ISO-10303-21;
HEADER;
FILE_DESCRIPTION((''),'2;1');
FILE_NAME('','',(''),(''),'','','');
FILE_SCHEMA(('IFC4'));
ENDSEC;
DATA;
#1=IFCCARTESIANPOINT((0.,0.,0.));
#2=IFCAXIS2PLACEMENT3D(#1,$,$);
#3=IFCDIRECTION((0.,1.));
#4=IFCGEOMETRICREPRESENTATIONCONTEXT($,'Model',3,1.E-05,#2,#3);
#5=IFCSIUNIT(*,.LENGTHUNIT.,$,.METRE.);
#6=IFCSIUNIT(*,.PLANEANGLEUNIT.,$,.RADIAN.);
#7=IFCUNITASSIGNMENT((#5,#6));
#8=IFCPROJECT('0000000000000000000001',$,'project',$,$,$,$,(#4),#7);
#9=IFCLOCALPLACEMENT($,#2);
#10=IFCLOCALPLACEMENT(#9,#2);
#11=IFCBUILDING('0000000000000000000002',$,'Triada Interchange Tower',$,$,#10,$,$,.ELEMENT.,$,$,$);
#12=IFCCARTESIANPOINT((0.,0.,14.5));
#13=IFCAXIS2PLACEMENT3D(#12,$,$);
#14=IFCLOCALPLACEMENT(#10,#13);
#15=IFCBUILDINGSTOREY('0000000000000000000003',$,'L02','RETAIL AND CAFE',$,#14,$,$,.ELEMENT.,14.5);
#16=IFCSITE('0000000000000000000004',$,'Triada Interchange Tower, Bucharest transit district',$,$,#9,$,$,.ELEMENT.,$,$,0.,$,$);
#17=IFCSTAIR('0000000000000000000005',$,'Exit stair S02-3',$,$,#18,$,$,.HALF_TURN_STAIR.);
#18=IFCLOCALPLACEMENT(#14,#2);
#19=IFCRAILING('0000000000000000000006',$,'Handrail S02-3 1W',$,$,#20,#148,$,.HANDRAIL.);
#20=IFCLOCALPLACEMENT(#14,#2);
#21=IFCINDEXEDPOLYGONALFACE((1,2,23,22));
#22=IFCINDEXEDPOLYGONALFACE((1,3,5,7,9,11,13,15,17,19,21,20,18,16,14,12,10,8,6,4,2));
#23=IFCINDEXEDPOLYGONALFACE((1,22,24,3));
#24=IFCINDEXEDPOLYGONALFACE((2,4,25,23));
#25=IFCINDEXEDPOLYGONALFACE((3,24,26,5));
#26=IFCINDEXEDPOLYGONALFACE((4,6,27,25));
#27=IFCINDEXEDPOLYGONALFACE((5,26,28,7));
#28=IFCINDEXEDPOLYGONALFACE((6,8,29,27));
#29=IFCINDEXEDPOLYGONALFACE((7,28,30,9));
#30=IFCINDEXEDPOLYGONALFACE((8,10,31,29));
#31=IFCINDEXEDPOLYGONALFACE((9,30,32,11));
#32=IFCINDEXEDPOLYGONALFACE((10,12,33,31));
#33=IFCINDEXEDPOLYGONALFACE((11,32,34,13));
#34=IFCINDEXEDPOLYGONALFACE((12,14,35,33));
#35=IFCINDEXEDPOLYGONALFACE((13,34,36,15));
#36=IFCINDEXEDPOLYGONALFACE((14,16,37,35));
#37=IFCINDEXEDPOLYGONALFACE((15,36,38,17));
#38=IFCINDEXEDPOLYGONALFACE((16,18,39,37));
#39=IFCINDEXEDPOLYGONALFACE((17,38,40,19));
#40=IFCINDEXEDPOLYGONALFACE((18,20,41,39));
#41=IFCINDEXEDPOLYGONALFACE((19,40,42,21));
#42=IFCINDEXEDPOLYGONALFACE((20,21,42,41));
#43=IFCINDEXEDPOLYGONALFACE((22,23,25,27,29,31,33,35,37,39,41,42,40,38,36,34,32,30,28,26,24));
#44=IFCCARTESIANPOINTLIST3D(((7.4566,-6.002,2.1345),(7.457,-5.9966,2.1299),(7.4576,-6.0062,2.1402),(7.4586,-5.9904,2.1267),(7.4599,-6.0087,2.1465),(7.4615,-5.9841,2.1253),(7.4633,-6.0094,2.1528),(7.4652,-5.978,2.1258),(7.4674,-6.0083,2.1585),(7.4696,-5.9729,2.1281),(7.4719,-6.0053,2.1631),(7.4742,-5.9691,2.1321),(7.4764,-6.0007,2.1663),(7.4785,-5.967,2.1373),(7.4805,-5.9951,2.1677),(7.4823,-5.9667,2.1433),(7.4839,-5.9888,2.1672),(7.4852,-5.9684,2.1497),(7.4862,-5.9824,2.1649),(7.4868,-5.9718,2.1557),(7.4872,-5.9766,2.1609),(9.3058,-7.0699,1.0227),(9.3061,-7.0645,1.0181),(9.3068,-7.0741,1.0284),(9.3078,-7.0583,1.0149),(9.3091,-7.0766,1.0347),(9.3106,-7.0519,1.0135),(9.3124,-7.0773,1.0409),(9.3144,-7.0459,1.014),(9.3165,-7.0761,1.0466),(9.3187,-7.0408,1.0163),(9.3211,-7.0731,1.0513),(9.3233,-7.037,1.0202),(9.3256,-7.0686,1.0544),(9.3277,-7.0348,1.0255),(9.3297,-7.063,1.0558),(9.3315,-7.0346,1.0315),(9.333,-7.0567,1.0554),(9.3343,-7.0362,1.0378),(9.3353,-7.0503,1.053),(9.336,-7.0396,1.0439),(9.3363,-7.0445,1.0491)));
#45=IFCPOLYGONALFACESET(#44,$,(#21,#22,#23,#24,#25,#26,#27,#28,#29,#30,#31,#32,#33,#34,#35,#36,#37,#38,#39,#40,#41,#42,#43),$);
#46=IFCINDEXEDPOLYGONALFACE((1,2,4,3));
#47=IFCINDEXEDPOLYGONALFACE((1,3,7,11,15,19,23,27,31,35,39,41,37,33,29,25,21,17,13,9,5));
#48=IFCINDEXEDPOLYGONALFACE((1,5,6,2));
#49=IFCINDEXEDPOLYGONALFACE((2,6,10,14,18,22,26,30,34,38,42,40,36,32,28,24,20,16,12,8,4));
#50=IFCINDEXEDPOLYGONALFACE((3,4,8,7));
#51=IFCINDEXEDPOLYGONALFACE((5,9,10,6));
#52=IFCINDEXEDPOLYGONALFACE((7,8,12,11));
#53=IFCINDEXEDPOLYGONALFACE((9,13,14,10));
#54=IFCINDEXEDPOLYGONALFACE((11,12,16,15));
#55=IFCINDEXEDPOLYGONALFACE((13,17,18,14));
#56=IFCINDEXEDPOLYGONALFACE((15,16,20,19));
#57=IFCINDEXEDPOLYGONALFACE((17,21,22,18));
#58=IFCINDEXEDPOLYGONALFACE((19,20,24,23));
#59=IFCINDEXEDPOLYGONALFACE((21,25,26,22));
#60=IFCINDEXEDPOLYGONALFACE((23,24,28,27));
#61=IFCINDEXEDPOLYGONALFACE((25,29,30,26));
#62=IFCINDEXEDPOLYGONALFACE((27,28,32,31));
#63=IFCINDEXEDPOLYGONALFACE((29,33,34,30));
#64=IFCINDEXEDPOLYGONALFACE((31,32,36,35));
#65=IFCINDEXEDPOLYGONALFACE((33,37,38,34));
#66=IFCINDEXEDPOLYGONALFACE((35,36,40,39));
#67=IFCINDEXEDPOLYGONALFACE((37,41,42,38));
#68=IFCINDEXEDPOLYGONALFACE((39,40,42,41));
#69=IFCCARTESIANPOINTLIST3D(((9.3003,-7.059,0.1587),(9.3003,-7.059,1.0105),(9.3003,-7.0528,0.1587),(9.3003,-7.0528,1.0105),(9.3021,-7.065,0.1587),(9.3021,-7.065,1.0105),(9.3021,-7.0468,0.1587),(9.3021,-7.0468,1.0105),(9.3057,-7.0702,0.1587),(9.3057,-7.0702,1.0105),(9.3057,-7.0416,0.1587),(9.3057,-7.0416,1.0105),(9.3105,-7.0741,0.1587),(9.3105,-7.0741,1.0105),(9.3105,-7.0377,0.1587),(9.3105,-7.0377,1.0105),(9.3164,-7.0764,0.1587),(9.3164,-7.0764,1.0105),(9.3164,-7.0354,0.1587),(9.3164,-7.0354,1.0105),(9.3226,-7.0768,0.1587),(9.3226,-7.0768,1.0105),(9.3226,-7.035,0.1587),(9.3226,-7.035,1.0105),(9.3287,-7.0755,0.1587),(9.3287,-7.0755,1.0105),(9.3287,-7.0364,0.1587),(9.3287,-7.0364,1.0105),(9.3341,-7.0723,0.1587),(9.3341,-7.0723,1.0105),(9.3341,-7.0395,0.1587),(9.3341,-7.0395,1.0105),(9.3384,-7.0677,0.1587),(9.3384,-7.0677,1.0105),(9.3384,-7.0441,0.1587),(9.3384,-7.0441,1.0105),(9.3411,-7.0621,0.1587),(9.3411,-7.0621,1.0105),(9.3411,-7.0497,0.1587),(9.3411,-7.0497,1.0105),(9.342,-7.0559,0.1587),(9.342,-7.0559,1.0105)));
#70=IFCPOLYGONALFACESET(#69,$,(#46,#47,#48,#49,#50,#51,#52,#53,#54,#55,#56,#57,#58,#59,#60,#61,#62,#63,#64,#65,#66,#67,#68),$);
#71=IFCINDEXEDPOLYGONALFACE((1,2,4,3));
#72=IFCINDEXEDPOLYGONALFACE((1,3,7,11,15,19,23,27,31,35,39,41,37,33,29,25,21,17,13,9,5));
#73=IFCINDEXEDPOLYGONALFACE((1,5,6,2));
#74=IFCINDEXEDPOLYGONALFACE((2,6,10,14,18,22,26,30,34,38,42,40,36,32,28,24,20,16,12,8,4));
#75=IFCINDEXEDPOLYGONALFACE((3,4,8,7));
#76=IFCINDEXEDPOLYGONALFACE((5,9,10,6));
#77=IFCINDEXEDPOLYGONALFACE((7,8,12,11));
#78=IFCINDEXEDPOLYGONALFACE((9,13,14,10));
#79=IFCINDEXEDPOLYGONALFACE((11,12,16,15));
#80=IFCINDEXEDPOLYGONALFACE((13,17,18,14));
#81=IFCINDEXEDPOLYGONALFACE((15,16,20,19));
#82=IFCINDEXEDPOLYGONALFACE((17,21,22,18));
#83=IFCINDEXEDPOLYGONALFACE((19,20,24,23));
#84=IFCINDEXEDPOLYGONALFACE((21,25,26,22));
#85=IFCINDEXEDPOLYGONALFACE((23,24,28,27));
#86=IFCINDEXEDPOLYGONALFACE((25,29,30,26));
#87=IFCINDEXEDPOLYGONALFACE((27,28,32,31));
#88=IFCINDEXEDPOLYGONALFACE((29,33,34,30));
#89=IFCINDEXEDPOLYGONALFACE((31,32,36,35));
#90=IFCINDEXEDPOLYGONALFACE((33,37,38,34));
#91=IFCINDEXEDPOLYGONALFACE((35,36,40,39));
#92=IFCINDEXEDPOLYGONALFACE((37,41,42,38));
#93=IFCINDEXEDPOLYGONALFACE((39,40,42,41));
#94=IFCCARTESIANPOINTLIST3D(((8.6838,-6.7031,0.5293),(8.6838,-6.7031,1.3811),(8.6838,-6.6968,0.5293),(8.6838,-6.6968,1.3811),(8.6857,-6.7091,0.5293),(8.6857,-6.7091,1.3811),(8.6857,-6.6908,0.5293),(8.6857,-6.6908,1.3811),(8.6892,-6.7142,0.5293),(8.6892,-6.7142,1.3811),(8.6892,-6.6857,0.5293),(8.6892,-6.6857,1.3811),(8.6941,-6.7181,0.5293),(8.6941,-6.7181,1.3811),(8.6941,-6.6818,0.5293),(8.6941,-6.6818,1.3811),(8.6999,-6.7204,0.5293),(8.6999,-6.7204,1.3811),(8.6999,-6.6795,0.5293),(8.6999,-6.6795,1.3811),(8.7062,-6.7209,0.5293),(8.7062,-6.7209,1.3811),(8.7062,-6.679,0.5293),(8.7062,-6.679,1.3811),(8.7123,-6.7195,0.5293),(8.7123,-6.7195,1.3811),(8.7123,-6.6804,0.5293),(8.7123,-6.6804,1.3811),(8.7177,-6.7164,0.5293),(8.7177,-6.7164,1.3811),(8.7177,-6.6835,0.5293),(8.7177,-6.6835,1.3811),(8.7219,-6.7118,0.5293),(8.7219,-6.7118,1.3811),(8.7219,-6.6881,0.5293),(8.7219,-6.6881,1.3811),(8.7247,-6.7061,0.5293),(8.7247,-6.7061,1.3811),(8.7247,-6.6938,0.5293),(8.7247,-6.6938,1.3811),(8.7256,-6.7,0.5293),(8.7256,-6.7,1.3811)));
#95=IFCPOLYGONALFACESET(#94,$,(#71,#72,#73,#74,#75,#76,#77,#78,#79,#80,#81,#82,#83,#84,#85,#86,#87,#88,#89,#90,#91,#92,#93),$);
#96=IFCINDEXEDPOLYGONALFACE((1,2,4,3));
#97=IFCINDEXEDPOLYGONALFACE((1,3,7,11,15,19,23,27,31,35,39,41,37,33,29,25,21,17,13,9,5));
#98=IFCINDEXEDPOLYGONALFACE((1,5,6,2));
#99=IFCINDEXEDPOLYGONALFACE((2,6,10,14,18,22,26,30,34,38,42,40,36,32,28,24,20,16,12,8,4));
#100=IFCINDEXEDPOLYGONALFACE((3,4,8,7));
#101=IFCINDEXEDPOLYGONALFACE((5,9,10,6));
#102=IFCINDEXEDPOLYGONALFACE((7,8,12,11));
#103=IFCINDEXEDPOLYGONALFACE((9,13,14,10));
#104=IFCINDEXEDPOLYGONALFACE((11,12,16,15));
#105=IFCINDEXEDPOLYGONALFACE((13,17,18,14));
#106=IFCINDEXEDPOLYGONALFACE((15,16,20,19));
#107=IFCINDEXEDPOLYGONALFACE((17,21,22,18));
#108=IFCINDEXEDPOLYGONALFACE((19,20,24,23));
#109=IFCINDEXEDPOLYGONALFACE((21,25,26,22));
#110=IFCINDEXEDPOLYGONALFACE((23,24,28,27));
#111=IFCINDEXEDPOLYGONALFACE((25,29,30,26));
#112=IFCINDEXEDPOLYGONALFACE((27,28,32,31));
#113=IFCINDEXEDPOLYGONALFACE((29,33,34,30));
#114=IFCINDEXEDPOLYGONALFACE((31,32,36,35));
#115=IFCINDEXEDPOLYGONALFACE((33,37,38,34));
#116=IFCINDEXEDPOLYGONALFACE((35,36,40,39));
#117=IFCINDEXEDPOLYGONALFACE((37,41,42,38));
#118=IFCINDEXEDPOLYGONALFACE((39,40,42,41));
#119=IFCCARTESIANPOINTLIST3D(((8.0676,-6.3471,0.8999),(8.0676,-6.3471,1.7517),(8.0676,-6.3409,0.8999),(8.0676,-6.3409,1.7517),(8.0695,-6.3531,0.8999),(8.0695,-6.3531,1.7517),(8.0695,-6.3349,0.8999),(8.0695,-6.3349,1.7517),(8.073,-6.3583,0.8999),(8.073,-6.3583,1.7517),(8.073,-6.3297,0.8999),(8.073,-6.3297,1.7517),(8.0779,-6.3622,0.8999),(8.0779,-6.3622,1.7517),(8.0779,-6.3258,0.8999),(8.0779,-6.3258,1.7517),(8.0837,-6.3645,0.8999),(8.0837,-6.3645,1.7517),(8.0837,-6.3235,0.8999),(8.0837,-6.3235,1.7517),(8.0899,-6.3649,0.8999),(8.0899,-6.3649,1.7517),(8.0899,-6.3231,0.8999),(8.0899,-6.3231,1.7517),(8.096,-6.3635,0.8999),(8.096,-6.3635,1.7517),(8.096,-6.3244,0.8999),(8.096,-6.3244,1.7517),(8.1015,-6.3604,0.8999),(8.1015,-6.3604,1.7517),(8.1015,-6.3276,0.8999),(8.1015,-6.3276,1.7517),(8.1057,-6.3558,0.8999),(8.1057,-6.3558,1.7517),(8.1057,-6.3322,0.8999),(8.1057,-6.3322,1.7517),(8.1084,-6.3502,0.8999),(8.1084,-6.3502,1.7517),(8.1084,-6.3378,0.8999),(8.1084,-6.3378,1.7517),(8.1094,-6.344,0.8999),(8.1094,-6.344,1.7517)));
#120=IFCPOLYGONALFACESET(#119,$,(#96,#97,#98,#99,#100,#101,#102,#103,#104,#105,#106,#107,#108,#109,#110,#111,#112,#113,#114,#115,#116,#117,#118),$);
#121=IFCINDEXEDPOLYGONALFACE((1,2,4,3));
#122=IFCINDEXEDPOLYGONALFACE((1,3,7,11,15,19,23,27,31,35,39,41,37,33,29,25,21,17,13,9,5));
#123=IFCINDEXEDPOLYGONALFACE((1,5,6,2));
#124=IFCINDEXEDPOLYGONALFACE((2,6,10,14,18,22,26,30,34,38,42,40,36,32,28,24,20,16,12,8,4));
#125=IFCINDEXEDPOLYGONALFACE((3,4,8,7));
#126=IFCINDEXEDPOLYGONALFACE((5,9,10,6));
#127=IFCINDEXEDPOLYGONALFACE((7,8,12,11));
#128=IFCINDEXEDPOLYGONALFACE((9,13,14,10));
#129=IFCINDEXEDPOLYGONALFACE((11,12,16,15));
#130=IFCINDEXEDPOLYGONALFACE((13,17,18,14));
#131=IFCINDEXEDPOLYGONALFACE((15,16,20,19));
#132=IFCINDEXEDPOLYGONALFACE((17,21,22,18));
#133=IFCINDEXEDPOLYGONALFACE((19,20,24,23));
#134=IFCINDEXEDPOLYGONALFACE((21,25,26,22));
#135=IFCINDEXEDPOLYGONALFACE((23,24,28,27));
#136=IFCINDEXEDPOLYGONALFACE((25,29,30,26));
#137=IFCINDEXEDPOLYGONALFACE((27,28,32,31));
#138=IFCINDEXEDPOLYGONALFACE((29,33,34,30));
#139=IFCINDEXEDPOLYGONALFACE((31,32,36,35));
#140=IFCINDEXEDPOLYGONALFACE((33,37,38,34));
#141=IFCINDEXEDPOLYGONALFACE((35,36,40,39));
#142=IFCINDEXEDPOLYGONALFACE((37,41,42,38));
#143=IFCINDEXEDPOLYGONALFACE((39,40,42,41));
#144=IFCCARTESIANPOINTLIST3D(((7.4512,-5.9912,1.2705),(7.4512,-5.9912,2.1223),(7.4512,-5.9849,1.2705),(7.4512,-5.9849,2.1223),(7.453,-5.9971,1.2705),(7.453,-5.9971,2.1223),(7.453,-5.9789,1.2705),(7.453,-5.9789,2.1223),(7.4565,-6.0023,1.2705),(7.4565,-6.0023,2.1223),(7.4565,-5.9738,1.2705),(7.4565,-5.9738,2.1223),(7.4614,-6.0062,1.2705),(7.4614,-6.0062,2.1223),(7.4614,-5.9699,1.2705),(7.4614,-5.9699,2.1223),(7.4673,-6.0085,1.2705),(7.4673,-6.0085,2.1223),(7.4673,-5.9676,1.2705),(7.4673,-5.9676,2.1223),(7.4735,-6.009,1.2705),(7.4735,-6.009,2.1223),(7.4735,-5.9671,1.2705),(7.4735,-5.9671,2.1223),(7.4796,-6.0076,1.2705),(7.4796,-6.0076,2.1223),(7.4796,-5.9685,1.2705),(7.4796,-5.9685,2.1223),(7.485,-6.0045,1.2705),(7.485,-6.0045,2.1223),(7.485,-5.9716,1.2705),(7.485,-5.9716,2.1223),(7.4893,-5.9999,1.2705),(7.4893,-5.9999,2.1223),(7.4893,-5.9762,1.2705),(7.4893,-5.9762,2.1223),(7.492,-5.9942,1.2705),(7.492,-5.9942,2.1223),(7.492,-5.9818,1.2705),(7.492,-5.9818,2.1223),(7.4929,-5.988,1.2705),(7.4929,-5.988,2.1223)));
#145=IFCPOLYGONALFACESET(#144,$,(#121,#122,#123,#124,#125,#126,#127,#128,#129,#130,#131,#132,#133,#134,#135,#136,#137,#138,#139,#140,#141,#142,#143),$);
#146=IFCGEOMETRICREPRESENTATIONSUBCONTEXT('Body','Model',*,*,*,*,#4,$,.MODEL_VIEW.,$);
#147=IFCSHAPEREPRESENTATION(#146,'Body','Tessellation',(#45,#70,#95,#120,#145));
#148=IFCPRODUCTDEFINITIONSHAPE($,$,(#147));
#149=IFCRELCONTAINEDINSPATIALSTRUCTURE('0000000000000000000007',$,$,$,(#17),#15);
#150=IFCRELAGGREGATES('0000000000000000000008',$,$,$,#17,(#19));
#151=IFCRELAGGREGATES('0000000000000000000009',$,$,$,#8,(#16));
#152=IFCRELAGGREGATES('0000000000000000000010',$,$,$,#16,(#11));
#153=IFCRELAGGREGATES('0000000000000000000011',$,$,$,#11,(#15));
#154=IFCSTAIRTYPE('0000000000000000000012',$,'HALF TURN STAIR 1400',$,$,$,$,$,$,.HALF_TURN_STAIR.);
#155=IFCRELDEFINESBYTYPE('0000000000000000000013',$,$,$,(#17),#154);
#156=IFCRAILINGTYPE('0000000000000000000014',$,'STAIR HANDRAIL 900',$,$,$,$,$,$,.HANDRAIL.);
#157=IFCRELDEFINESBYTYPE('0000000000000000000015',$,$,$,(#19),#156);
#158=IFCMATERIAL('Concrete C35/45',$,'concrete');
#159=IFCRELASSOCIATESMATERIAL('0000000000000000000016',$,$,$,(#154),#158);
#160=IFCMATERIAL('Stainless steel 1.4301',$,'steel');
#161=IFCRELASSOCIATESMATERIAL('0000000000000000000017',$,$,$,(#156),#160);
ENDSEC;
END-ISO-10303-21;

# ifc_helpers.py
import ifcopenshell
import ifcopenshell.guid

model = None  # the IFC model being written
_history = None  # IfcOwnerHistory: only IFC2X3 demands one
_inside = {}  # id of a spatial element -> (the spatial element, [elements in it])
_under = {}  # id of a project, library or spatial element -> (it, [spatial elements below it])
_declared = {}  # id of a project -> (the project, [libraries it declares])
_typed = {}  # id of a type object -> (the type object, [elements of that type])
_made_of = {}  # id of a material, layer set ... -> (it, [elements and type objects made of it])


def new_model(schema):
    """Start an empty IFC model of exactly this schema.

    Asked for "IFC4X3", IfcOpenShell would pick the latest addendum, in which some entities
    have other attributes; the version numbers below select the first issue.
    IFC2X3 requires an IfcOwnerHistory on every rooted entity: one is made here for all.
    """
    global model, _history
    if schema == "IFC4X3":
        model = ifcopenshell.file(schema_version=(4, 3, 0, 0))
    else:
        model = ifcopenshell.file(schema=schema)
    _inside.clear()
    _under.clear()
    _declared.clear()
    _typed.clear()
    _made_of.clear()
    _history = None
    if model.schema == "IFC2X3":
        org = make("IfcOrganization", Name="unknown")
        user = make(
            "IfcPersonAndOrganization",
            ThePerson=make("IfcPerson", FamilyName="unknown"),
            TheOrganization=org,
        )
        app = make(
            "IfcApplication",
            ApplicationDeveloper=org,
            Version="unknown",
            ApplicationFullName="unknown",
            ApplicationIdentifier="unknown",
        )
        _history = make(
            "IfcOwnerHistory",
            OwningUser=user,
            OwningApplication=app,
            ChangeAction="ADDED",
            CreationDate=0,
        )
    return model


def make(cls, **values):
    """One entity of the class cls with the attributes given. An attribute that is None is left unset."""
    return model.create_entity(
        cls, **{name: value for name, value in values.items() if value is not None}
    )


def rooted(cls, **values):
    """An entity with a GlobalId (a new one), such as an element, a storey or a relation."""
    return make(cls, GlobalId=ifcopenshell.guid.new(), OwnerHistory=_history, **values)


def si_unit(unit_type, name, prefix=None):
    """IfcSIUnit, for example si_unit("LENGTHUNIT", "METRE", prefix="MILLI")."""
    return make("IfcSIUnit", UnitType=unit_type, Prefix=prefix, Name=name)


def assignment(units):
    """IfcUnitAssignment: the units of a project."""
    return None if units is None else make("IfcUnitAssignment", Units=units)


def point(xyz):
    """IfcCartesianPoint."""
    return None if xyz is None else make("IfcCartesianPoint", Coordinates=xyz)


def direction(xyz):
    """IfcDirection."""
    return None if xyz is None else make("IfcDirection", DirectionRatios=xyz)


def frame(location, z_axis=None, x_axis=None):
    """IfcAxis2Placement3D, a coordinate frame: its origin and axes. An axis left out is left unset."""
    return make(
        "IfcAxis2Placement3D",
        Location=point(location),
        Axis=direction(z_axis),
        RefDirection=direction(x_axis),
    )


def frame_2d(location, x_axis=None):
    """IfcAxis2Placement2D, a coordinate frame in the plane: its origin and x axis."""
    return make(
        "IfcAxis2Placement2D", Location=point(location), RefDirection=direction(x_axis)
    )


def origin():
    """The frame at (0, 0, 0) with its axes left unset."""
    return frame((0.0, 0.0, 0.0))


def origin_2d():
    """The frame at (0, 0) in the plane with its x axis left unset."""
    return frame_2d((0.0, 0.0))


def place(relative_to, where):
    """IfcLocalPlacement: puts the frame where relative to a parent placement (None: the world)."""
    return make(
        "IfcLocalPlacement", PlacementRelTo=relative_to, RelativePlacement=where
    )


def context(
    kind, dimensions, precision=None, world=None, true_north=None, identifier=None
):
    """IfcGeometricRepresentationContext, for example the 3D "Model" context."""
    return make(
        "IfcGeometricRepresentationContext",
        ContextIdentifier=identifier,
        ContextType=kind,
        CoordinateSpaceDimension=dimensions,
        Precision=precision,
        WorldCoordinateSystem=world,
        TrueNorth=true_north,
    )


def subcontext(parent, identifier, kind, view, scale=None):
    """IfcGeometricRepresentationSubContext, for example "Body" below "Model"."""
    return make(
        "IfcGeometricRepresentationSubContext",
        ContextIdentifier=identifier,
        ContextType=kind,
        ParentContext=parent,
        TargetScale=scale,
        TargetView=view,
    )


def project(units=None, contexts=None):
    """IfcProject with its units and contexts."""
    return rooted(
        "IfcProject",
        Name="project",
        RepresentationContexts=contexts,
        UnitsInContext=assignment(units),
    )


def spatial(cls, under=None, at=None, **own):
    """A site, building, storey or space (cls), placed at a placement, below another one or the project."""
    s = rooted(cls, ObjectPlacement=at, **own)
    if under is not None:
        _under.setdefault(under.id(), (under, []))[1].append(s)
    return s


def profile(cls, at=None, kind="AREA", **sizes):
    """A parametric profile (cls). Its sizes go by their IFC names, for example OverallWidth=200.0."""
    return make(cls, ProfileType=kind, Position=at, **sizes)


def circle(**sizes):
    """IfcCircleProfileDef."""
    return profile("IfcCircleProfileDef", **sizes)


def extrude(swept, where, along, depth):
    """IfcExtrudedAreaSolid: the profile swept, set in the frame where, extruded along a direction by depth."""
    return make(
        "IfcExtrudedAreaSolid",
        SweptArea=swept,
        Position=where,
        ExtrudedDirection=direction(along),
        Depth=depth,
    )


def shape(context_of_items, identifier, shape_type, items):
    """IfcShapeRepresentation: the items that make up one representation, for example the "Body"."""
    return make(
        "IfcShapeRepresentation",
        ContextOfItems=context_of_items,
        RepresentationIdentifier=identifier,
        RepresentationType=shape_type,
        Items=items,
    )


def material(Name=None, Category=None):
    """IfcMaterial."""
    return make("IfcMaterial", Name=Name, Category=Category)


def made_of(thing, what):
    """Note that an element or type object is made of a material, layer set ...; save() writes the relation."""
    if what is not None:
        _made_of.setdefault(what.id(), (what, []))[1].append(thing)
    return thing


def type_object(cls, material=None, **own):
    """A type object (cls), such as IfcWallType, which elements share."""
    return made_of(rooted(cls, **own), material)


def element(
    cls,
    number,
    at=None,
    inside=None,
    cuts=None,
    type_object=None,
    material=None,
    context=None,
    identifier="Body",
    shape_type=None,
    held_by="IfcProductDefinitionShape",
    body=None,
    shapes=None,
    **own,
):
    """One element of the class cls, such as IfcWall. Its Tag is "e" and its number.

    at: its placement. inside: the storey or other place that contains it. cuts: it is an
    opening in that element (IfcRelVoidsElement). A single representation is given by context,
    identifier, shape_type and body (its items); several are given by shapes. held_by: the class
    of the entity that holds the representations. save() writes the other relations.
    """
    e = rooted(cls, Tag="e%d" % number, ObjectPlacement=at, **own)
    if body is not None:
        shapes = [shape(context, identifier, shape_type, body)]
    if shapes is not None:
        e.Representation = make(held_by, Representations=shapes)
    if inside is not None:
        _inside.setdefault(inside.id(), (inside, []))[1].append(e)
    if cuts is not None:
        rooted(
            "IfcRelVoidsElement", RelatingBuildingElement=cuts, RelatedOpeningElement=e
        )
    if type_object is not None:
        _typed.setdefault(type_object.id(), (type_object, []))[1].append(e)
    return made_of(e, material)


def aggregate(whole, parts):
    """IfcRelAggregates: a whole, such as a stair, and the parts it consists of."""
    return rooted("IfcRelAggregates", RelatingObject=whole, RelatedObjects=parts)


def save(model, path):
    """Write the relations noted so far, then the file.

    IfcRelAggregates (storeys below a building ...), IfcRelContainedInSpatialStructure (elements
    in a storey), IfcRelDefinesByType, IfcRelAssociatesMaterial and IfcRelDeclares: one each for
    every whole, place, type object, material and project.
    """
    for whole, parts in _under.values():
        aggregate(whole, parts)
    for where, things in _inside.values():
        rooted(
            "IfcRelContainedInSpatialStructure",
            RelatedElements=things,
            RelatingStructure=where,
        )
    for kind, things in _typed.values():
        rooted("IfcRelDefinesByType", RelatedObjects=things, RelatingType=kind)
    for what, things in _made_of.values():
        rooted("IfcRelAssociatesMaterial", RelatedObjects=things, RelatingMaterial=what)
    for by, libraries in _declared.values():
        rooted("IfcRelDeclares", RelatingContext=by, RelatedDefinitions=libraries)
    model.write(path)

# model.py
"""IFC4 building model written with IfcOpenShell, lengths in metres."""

from ifc_helpers import new_model, si_unit, direction, frame, origin, origin_2d, place, context, subcontext, project, spatial, circle, extrude, material, type_object, element, aggregate, save


model = new_model("IFC4")

# Units and contexts
model_context = context("Model", 3, precision=1e-05, world=origin(), true_north=direction((0.0, 1.0)))
body_context = subcontext(model_context, "Body", "Model", "MODEL_VIEW")
ifc_project = project(units=[si_unit("LENGTHUNIT", "METRE"), si_unit("PLANEANGLEUNIT", "RADIAN")], contexts=[model_context])

# Site, building, storey
site_placement = place(None, origin())
site = spatial("IfcSite", under=ifc_project, at=site_placement, Name="Triada Interchange Tower, Bucharest transit district", CompositionType="ELEMENT", RefElevation=0.0)
building_placement = place(site_placement, origin())
building = spatial("IfcBuilding", under=site, at=building_placement, Name="Triada Interchange Tower", CompositionType="ELEMENT")
storey_placement = place(building_placement, frame((0.0, 0.0, 14.5)))
storey = spatial("IfcBuildingStorey", under=building, at=storey_placement, Name="L02", Description="RETAIL AND CAFE", CompositionType="ELEMENT", Elevation=14.5)

# Shared definitions
ifc_material_1 = material(Name="Concrete C35/45", Category="concrete")

# Stair, railing
stair_type = type_object("IfcStairType", Name="HALF TURN STAIR 1400", PredefinedType="HALF_TURN_STAIR", material=ifc_material_1)
stair_placement = place(storey_placement, origin())
stair = element("IfcStair", 1, at=stair_placement, inside=storey, type_object=stair_type, Name="Exit stair S02-3", PredefinedType="HALF_TURN_STAIR")
ifc_material_2 = material(Name="Stainless steel 1.4301", Category="steel")
railing_type = type_object("IfcRailingType", Name="STAIR HANDRAIL 900", PredefinedType="HANDRAIL", material=ifc_material_2)
railing_1_placement = place(storey_placement, frame((9.321, -7.0559, 0.1587)))
railing_1 = element("IfcRailing", 2, at=railing_1_placement, type_object=railing_type, Name="Handrail S02-3 1W", PredefinedType="HANDRAIL", context=body_context, shape_type="SweptSolid", body=[
    extrude(circle(Radius=0.0239, at=origin_2d()), frame((0.0, 0.0, 0.876), z_axis=(-0.768088, 0.443573, 0.461827), x_axis=(-0.500099, -0.865969, 0.0)), (0.0, 0.0, 1.0), 2.4075),
    extrude(circle(Radius=0.021, at=origin_2d()), origin(), (0.0, 0.0, 1.0), 0.8518),
    extrude(circle(Radius=0.021, at=origin_2d()), frame((-0.6165, 0.356, 0.3706)), (0.0, 0.0, 1.0), 0.8518),
    extrude(circle(Radius=0.021, at=origin_2d()), frame((-1.2327, 0.7119, 0.7412)), (0.0, 0.0, 1.0), 0.8518),
    extrude(circle(Radius=0.021, at=origin_2d()), frame((-1.8491, 1.0679, 1.1118)), (0.0, 0.0, 1.0), 0.8518),
])
aggregate(stair, [railing_1])

save(model, "model.ifc")
